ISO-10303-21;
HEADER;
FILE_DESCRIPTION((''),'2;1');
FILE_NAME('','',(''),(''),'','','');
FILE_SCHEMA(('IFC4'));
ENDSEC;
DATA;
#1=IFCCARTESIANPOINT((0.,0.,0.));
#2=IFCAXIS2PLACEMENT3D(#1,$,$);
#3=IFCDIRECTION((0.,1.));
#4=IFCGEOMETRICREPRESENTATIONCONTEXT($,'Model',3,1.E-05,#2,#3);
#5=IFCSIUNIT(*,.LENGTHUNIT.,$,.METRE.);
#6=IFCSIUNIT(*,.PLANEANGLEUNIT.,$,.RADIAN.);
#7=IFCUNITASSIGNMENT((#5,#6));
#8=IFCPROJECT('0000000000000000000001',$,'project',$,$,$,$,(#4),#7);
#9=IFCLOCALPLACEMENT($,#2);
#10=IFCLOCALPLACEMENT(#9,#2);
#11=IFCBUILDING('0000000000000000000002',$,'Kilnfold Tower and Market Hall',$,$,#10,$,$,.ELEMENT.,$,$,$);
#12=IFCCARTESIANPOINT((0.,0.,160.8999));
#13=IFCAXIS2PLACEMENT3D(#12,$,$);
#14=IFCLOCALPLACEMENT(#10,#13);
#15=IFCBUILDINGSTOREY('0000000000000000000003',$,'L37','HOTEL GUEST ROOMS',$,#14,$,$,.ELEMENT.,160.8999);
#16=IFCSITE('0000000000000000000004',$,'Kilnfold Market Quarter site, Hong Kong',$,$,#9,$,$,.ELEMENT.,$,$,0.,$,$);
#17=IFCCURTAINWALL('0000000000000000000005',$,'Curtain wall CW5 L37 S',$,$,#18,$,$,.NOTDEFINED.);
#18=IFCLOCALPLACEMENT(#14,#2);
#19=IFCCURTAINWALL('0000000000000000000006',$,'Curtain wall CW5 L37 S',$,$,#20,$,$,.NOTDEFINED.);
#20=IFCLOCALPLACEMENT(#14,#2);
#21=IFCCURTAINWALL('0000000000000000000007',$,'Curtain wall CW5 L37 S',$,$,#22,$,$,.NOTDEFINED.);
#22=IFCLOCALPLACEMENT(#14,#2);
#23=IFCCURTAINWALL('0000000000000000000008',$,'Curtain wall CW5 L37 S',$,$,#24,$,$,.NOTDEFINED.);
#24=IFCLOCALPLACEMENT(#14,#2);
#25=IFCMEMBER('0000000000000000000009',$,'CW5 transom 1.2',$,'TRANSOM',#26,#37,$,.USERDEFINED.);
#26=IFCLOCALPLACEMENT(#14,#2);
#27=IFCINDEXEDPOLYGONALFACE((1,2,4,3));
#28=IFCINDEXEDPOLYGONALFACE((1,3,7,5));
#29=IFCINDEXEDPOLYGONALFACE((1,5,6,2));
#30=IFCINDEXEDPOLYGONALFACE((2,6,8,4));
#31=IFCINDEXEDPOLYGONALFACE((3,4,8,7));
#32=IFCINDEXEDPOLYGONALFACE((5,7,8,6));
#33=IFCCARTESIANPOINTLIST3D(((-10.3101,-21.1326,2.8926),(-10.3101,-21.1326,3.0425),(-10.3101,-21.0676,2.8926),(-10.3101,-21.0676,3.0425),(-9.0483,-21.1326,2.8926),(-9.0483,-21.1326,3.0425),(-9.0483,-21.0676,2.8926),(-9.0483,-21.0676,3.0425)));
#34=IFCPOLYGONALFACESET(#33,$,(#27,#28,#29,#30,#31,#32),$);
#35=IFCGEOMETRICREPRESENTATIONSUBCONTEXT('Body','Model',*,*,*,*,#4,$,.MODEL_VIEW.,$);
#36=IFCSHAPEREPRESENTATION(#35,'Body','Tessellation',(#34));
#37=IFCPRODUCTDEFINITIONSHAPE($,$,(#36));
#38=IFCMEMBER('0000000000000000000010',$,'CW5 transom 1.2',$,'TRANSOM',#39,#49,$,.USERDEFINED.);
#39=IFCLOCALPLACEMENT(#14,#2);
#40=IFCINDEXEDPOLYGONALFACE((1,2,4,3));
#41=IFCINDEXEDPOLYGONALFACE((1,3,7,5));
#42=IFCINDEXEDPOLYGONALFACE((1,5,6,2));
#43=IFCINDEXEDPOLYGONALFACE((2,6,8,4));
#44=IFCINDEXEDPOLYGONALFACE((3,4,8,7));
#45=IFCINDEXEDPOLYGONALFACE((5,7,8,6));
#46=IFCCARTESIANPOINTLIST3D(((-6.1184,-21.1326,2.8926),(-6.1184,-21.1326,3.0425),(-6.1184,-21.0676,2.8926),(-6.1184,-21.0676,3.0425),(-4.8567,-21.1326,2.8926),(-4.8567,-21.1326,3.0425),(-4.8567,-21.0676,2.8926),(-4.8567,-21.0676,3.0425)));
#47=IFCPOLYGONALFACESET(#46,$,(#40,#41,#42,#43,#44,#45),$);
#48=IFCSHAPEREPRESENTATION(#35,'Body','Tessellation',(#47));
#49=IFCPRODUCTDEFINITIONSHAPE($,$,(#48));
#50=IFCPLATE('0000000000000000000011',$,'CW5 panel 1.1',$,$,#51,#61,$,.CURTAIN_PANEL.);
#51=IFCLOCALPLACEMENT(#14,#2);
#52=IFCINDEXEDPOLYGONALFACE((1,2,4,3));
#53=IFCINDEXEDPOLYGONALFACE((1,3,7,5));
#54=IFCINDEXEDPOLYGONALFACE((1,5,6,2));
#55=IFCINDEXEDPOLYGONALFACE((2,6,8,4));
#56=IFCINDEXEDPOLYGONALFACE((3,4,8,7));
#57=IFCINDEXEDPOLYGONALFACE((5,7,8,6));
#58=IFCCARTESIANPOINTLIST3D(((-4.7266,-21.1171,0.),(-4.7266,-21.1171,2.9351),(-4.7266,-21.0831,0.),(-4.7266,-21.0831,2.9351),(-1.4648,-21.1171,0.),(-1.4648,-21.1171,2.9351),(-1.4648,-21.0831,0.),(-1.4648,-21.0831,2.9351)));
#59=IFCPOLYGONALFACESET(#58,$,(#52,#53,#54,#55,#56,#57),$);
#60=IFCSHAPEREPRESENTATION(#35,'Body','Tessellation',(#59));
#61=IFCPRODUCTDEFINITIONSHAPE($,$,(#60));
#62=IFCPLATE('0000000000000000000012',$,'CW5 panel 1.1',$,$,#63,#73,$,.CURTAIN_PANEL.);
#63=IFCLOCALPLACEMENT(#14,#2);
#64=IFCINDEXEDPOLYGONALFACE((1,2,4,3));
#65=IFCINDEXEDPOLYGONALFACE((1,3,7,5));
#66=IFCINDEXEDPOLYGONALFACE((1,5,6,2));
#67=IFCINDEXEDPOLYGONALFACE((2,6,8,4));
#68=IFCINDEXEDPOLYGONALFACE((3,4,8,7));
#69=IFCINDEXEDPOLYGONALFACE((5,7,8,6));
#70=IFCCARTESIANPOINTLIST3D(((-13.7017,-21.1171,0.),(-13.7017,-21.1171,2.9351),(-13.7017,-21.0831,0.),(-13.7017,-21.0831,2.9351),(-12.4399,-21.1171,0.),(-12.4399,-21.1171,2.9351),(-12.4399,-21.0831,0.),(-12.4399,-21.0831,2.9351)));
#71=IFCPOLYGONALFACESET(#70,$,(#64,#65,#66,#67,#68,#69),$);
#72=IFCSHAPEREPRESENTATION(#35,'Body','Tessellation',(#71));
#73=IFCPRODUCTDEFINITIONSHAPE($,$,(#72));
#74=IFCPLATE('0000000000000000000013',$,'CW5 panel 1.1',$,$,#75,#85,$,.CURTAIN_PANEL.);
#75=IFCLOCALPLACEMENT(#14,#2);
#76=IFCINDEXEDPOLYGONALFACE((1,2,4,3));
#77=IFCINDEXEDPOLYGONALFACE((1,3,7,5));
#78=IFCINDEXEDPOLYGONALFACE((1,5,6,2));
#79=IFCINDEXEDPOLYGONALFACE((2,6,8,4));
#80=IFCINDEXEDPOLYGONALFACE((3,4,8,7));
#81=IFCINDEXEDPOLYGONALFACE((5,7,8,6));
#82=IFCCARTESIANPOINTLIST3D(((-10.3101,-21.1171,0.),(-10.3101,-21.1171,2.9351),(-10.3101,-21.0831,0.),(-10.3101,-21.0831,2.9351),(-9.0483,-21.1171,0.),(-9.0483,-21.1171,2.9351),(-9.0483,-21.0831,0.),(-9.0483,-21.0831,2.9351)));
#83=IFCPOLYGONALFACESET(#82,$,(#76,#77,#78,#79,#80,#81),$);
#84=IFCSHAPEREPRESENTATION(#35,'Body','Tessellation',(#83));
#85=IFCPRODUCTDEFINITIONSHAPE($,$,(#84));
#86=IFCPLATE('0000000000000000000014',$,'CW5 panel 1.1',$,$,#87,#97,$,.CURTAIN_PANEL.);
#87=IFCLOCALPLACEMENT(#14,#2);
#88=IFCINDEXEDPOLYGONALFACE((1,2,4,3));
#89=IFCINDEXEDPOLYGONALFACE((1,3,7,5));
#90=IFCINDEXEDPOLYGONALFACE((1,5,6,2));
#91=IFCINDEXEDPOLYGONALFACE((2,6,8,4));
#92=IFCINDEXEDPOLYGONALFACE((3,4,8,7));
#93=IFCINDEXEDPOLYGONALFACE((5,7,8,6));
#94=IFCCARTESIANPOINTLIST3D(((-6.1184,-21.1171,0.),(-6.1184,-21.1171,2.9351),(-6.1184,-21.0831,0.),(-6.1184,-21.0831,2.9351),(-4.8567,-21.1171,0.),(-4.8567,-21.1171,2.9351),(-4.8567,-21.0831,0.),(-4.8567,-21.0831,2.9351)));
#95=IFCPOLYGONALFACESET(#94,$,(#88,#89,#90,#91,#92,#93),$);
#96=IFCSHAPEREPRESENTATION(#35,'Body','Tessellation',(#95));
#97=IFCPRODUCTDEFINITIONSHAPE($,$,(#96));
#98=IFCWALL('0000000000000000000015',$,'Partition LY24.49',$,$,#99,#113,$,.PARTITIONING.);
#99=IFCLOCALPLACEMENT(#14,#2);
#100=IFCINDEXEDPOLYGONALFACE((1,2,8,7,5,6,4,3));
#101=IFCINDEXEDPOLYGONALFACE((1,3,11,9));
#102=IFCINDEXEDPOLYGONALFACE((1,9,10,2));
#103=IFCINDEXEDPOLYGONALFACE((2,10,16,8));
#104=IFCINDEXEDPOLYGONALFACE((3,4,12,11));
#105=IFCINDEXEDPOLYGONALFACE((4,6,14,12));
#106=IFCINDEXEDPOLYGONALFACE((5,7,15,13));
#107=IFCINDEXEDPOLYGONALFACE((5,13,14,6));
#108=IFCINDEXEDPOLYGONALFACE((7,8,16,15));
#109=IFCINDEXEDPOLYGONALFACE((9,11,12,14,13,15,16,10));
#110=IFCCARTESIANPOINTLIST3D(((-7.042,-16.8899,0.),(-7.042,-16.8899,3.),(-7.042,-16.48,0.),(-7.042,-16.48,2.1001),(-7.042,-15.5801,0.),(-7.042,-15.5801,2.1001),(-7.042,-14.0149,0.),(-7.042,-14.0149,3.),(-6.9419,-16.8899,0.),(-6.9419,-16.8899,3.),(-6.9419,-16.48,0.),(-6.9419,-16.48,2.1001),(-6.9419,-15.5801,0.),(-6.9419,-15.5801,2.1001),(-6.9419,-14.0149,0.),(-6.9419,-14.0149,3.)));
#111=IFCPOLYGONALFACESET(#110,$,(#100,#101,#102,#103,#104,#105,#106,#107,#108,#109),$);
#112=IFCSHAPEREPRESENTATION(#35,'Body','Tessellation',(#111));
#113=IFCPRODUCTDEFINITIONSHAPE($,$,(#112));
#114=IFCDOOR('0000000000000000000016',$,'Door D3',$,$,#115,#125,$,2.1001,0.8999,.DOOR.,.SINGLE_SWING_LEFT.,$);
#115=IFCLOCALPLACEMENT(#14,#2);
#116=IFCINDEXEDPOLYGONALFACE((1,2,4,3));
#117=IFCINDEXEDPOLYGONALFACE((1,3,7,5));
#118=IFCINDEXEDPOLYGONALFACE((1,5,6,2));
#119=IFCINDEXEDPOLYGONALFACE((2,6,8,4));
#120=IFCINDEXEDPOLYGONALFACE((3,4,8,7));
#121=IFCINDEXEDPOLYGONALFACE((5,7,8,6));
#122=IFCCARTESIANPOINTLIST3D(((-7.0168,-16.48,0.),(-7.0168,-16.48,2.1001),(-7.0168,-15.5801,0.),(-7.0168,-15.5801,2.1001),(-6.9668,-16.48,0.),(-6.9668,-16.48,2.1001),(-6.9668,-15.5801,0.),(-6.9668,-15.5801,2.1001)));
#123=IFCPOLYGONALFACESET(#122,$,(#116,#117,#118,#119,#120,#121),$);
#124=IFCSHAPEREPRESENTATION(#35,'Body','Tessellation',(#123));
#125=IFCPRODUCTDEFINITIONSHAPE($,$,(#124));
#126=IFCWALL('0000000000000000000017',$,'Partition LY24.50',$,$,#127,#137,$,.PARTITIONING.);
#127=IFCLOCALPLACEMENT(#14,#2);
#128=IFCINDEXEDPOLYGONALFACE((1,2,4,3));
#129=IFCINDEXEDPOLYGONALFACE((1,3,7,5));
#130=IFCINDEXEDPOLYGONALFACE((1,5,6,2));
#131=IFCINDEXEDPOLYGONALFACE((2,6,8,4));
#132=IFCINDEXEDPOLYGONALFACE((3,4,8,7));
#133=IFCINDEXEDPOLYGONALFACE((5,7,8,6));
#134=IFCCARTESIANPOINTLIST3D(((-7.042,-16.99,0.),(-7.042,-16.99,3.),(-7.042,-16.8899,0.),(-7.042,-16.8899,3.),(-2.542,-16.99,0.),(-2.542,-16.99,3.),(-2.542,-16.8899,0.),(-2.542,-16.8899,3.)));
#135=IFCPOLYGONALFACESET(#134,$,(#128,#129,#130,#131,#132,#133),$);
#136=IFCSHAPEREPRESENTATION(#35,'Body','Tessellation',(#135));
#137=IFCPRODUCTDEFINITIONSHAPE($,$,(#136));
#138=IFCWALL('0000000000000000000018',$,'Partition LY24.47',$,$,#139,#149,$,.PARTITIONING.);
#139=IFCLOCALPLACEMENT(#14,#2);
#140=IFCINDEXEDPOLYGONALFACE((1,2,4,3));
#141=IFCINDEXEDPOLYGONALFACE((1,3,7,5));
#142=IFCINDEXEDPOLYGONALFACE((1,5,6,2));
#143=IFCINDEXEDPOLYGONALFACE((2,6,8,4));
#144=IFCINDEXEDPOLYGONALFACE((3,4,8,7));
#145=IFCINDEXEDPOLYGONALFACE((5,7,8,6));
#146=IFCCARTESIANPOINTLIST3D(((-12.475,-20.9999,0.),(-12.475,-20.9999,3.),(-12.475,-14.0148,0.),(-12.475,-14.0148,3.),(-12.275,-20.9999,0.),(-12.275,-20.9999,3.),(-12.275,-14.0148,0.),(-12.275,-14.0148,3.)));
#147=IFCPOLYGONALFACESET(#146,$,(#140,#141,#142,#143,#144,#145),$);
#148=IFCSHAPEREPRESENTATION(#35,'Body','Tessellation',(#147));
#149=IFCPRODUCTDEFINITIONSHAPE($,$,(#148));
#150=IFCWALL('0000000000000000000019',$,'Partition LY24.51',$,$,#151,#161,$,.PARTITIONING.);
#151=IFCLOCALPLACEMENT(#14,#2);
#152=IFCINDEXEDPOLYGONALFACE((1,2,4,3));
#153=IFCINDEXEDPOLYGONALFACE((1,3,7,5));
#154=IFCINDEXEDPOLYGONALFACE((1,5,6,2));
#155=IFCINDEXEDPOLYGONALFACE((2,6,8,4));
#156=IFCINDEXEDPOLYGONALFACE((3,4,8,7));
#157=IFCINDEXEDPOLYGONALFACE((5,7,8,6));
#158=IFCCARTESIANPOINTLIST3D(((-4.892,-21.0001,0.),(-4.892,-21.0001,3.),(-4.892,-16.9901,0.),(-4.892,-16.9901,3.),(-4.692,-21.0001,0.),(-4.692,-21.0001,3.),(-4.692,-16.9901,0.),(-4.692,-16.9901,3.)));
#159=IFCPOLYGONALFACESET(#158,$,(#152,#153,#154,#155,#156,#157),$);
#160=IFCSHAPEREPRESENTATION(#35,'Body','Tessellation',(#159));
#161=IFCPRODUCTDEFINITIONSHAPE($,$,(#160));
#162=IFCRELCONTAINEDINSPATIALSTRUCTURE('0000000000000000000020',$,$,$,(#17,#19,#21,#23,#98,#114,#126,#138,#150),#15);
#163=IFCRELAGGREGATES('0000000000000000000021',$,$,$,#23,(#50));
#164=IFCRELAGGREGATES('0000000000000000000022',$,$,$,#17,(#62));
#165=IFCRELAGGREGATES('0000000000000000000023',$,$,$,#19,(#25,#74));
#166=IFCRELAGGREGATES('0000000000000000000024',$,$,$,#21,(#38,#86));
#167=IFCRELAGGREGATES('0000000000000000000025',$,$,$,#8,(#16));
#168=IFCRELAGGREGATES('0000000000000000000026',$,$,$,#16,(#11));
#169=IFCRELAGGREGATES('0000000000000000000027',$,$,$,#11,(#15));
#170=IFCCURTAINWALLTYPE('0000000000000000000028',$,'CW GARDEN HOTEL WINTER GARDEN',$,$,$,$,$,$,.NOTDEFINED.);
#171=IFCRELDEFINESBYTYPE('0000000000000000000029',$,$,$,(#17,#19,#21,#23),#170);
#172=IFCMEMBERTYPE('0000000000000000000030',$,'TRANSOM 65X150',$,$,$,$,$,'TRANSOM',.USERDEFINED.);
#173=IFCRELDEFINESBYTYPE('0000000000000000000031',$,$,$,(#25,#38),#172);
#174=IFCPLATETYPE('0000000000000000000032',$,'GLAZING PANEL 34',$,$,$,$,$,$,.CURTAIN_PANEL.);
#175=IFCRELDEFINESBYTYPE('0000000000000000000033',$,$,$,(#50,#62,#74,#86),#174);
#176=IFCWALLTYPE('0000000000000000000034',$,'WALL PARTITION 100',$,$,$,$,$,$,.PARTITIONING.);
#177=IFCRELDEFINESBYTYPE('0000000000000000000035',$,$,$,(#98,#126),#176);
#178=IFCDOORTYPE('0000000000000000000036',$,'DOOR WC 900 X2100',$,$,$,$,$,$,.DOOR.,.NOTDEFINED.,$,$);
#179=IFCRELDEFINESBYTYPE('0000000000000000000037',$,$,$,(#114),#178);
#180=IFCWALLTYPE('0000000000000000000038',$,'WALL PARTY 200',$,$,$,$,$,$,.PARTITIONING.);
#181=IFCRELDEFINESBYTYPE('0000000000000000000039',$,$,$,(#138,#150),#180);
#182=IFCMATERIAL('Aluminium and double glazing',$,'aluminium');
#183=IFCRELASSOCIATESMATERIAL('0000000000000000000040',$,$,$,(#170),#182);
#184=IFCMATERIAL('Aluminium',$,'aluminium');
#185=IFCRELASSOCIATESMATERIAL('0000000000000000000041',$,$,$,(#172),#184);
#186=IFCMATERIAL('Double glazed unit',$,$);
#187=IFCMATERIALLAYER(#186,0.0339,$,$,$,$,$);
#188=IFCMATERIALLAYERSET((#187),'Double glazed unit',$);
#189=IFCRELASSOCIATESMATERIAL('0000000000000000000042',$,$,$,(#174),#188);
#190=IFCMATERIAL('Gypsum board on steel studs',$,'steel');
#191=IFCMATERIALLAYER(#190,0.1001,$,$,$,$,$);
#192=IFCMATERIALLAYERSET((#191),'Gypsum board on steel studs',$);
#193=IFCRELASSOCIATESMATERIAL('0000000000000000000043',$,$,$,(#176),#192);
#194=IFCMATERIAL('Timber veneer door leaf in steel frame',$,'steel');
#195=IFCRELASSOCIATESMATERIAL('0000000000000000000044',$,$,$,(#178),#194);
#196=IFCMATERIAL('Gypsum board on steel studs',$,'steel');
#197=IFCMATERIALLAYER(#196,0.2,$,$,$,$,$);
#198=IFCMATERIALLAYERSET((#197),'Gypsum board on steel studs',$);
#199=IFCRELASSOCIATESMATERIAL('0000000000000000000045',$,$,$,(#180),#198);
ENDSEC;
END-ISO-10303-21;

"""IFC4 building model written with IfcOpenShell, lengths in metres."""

from ifc_helpers import new_model, si_unit, direction, frame, frame_2d, origin, origin_2d, place, context, subcontext, project, spatial, rectangle, extrude, source, transform, mapped, material, layer, layer_set, material_profile, profile_set, type_object, element, fill, aggregate, save


model = new_model("IFC4")

# Units and contexts
model_context = context("Model", 3, precision=1e-05, world=origin(), true_north=direction((0.0, 1.0)))
body_context = subcontext(model_context, "Body", "Model", "MODEL_VIEW")
ifc_project = project(units=[si_unit("LENGTHUNIT", "METRE"), si_unit("PLANEANGLEUNIT", "RADIAN")], contexts=[model_context])

# Site, building, storey
site_placement = place(None, origin())
site = spatial("IfcSite", under=ifc_project, at=site_placement, Name="Kilnfold Market Quarter site, Hong Kong", CompositionType="ELEMENT", RefElevation=0.0)
building_placement = place(site_placement, origin())
building = spatial("IfcBuilding", under=site, at=building_placement, Name="Kilnfold Tower and Market Hall", CompositionType="ELEMENT")
storey_placement = place(building_placement, frame((0.0, 0.0, 160.8999)))
storey = spatial("IfcBuildingStorey", under=building, at=storey_placement, Name="L37", Description="HOTEL GUEST ROOMS", CompositionType="ELEMENT", Elevation=160.8999)

# Curtain wall
ifc_material_1 = material(Name="Aluminium and double glazing", Category="aluminium")
curtain_wall_type = type_object("IfcCurtainWallType", Name="CW GARDEN HOTEL WINTER GARDEN", PredefinedType="NOTDEFINED", material=ifc_material_1)
curtain_wall_1_placement = place(storey_placement, origin())
curtain_wall_1 = element("IfcCurtainWall", 1, at=curtain_wall_1_placement, inside=storey, type_object=curtain_wall_type, Name="Curtain wall CW5 L37 S", PredefinedType="NOTDEFINED")

# Curtain walls
curtain_wall_2_placement = place(storey_placement, origin())
curtain_wall_2 = element("IfcCurtainWall", 2, at=curtain_wall_2_placement, inside=storey, type_object=curtain_wall_type, Name="Curtain wall CW5 L37 S", PredefinedType="NOTDEFINED")
curtain_wall_3_placement = place(storey_placement, origin())
curtain_wall_3 = element("IfcCurtainWall", 3, at=curtain_wall_3_placement, inside=storey, type_object=curtain_wall_type, Name="Curtain wall CW5 L37 S", PredefinedType="NOTDEFINED")
curtain_wall_4_placement = place(storey_placement, origin())
curtain_wall_4 = element("IfcCurtainWall", 4, at=curtain_wall_4_placement, inside=storey, type_object=curtain_wall_type, Name="Curtain wall CW5 L37 S", PredefinedType="NOTDEFINED")

# Members
ifc_material_2 = material(Name="Aluminium", Category="aluminium")
ifc_material_profile_1 = material_profile(ifc_material_2, rectangle(XDim=0.0649, YDim=0.1499, at=origin_2d()), Name="TRANSOM 65x150")
ifc_profile_set_1 = profile_set([ifc_material_profile_1], Name="Aluminium")
member_type_1 = type_object("IfcMemberType", Name="TRANSOM 65X150", ElementType="TRANSOM", PredefinedType="USERDEFINED", material=ifc_profile_set_1)
shared_shape_1 = source(origin(), body_context, "Body", "SweptSolid", [
    extrude(rectangle(XDim=0.0649, YDim=0.1499, at=origin_2d()), origin(), (0.0, 0.0, 1.0), 1.2617),
])
member_1_placement = place(storey_placement, frame((-10.3101, -21.1001, 2.9675), z_axis=(1.0, 0.0, 0.0), x_axis=(0.0, 1.0, 0.0)))
member_1 = element("IfcMember", 5, at=member_1_placement, type_object=member_type_1, Name="CW5 transom 1.2", ObjectType="TRANSOM", PredefinedType="USERDEFINED", context=body_context, shape_type="MappedRepresentation", body=[
    mapped(shared_shape_1, transform((0.0, 0.0, 0.0))),
])
member_2_placement = place(storey_placement, frame((-6.1184, -21.1001, 2.9675), z_axis=(1.0, 0.0, 0.0), x_axis=(0.0, 1.0, 0.0)))
member_2 = element("IfcMember", 6, at=member_2_placement, type_object=member_type_1, Name="CW5 transom 1.2", ObjectType="TRANSOM", PredefinedType="USERDEFINED", context=body_context, shape_type="MappedRepresentation", body=[
    mapped(shared_shape_1, transform((0.0, 0.0, 0.0))),
])

# Plates
ifc_material_3 = material(Name="Double glazed unit")
ifc_layer_1 = layer(ifc_material_3, 0.0339)
ifc_layer_set_1 = layer_set([ifc_layer_1], Name="Double glazed unit")
plate_type = type_object("IfcPlateType", Name="GLAZING PANEL 34", PredefinedType="CURTAIN_PANEL", material=ifc_layer_set_1)
shared_shape_2 = source(origin(), body_context, "Body", "SweptSolid", [
    extrude(rectangle(XDim=3.2617, YDim=0.0339, at=origin_2d()), origin(), (0.0, 0.0, 1.0), 2.9351),
])
plate_1_placement = place(storey_placement, frame((-3.0957, -21.1001, 0.0), z_axis=(0.0, 0.0, 1.0), x_axis=(1.0, 0.0, 0.0)))
plate_1 = element("IfcPlate", 7, at=plate_1_placement, type_object=plate_type, Name="CW5 panel 1.1", PredefinedType="CURTAIN_PANEL", context=body_context, shape_type="MappedRepresentation", body=[
    mapped(shared_shape_2, transform((0.0, 0.0, 0.0))),
])
aggregate(curtain_wall_4, [plate_1])
shared_shape_3 = source(origin(), body_context, "Body", "SweptSolid", [
    extrude(rectangle(XDim=1.2617, YDim=0.0339, at=origin_2d()), origin(), (0.0, 0.0, 1.0), 2.9351),
])
plate_2_placement = place(storey_placement, frame((-13.0708, -21.1001, 0.0), z_axis=(0.0, 0.0, 1.0), x_axis=(1.0, 0.0, 0.0)))
plate_2 = element("IfcPlate", 8, at=plate_2_placement, type_object=plate_type, Name="CW5 panel 1.1", PredefinedType="CURTAIN_PANEL", context=body_context, shape_type="MappedRepresentation", body=[
    mapped(shared_shape_3, transform((0.0, 0.0, 0.0))),
])
aggregate(curtain_wall_1, [plate_2])
plate_3_placement = place(storey_placement, frame((-9.6792, -21.1001, 0.0), z_axis=(0.0, 0.0, 1.0), x_axis=(1.0, 0.0, 0.0)))
plate_3 = element("IfcPlate", 9, at=plate_3_placement, type_object=plate_type, Name="CW5 panel 1.1", PredefinedType="CURTAIN_PANEL", context=body_context, shape_type="MappedRepresentation", body=[
    mapped(shared_shape_3, transform((0.0, 0.0, 0.0))),
])
aggregate(curtain_wall_2, [member_1, plate_3])
plate_4_placement = place(storey_placement, frame((-5.4875, -21.1001, 0.0), z_axis=(0.0, 0.0, 1.0), x_axis=(1.0, 0.0, 0.0)))
plate_4 = element("IfcPlate", 10, at=plate_4_placement, type_object=plate_type, Name="CW5 panel 1.1", PredefinedType="CURTAIN_PANEL", context=body_context, shape_type="MappedRepresentation", body=[
    mapped(shared_shape_3, transform((0.0, 0.0, 0.0))),
])
aggregate(curtain_wall_3, [member_2, plate_4])

# Wall, opening, door
ifc_material_4 = material(Name="Gypsum board on steel studs", Category="steel")
ifc_layer_2 = layer(ifc_material_4, 0.1001)
ifc_layer_set_2 = layer_set([ifc_layer_2], Name="Gypsum board on steel studs")
wall_type_1 = type_object("IfcWallType", Name="WALL PARTITION 100", PredefinedType="PARTITIONING", material=ifc_layer_set_2)
wall_1_placement = place(storey_placement, frame((-6.9919, -16.8899, 0.0), z_axis=(0.0, 0.0, 1.0), x_axis=(0.0, 1.0, 0.0)))
wall_1 = element("IfcWall", 11, at=wall_1_placement, inside=storey, type_object=wall_type_1, Name="Partition LY24.49", PredefinedType="PARTITIONING", context=body_context, shape_type="SweptSolid", body=[
    extrude(rectangle(XDim=2.875, YDim=0.1001, at=frame_2d((1.4375, 0.0))), origin(), (0.0, 0.0, 1.0), 3.0),
])
opening_1_placement = place(wall_1_placement, frame((0.4099, 0.0, 0.0)))
opening_1 = element("IfcOpeningElement", 12, at=opening_1_placement, cuts=wall_1, PredefinedType="OPENING", context=body_context, shape_type="SweptSolid", body=[
    extrude(rectangle(XDim=0.8999, YDim=2.1001, at=frame_2d((0.45, 1.05))), frame((0.0, 0.0601, 0.0), z_axis=(0.0, -1.0, 0.0), x_axis=(1.0, 0.0, 0.0)), (0.0, 0.0, 1.0), 0.1201),
])
ifc_material_5 = material(Name="Timber veneer door leaf in steel frame", Category="steel")
door_type_1 = type_object("IfcDoorType", Name="DOOR WC 900 X2100", OperationType="NOTDEFINED", PredefinedType="DOOR", material=ifc_material_5)
door_1_placement = place(opening_1_placement, origin())
door_1 = element("IfcDoor", 13, at=door_1_placement, inside=storey, type_object=door_type_1, Name="Door D3", OperationType="SINGLE_SWING_LEFT", OverallHeight=2.1001, OverallWidth=0.8999, PredefinedType="DOOR", context=body_context, shape_type="SweptSolid", body=[
    extrude(rectangle(XDim=0.8999, YDim=2.1001, at=frame_2d((0.45, 1.05))), frame((0.0, 0.0249, 0.0), z_axis=(0.0, -1.0, 0.0), x_axis=(1.0, 0.0, 0.0)), (0.0, 0.0, 1.0), 0.05),
])
fill(opening_1, door_1)

# Walls
wall_2_placement = place(storey_placement, frame((-7.042, -16.9399, 0.0), z_axis=(0.0, 0.0, 1.0), x_axis=(1.0, 0.0, 0.0)))
element("IfcWall", 14, at=wall_2_placement, inside=storey, type_object=wall_type_1, Name="Partition LY24.50", PredefinedType="PARTITIONING", context=body_context, shape_type="SweptSolid", body=[
    extrude(rectangle(XDim=4.5, YDim=0.1001, at=frame_2d((2.25, 0.0))), origin(), (0.0, 0.0, 1.0), 3.0),
])
ifc_material_6 = material(Name="Gypsum board on steel studs", Category="steel")
ifc_layer_3 = layer(ifc_material_6, 0.2)
ifc_layer_set_3 = layer_set([ifc_layer_3], Name="Gypsum board on steel studs")
wall_type_2 = type_object("IfcWallType", Name="WALL PARTY 200", PredefinedType="PARTITIONING", material=ifc_layer_set_3)
wall_3_placement = place(storey_placement, frame((-12.375, -21.0, 0.0), z_axis=(0.0, 0.0, 1.0), x_axis=(0.0, 1.0, 0.0)))
element("IfcWall", 15, at=wall_3_placement, inside=storey, type_object=wall_type_2, Name="Partition LY24.47", PredefinedType="PARTITIONING", context=body_context, shape_type="SweptSolid", body=[
    extrude(rectangle(XDim=6.9851, YDim=0.2, at=frame_2d((3.4927, 0.0))), origin(), (0.0, 0.0, 1.0), 3.0),
])
wall_4_placement = place(storey_placement, frame((-4.792, -21.0, 0.0), z_axis=(0.0, 0.0, 1.0), x_axis=(0.0, 1.0, 0.0)))
element("IfcWall", 16, at=wall_4_placement, inside=storey, type_object=wall_type_2, Name="Partition LY24.51", PredefinedType="PARTITIONING", context=body_context, shape_type="SweptSolid", body=[
    extrude(rectangle(XDim=4.01, YDim=0.2, at=frame_2d((2.0049, 0.0))), origin(), (0.0, 0.0, 1.0), 3.0),
])

save(model, "model.ifc")
